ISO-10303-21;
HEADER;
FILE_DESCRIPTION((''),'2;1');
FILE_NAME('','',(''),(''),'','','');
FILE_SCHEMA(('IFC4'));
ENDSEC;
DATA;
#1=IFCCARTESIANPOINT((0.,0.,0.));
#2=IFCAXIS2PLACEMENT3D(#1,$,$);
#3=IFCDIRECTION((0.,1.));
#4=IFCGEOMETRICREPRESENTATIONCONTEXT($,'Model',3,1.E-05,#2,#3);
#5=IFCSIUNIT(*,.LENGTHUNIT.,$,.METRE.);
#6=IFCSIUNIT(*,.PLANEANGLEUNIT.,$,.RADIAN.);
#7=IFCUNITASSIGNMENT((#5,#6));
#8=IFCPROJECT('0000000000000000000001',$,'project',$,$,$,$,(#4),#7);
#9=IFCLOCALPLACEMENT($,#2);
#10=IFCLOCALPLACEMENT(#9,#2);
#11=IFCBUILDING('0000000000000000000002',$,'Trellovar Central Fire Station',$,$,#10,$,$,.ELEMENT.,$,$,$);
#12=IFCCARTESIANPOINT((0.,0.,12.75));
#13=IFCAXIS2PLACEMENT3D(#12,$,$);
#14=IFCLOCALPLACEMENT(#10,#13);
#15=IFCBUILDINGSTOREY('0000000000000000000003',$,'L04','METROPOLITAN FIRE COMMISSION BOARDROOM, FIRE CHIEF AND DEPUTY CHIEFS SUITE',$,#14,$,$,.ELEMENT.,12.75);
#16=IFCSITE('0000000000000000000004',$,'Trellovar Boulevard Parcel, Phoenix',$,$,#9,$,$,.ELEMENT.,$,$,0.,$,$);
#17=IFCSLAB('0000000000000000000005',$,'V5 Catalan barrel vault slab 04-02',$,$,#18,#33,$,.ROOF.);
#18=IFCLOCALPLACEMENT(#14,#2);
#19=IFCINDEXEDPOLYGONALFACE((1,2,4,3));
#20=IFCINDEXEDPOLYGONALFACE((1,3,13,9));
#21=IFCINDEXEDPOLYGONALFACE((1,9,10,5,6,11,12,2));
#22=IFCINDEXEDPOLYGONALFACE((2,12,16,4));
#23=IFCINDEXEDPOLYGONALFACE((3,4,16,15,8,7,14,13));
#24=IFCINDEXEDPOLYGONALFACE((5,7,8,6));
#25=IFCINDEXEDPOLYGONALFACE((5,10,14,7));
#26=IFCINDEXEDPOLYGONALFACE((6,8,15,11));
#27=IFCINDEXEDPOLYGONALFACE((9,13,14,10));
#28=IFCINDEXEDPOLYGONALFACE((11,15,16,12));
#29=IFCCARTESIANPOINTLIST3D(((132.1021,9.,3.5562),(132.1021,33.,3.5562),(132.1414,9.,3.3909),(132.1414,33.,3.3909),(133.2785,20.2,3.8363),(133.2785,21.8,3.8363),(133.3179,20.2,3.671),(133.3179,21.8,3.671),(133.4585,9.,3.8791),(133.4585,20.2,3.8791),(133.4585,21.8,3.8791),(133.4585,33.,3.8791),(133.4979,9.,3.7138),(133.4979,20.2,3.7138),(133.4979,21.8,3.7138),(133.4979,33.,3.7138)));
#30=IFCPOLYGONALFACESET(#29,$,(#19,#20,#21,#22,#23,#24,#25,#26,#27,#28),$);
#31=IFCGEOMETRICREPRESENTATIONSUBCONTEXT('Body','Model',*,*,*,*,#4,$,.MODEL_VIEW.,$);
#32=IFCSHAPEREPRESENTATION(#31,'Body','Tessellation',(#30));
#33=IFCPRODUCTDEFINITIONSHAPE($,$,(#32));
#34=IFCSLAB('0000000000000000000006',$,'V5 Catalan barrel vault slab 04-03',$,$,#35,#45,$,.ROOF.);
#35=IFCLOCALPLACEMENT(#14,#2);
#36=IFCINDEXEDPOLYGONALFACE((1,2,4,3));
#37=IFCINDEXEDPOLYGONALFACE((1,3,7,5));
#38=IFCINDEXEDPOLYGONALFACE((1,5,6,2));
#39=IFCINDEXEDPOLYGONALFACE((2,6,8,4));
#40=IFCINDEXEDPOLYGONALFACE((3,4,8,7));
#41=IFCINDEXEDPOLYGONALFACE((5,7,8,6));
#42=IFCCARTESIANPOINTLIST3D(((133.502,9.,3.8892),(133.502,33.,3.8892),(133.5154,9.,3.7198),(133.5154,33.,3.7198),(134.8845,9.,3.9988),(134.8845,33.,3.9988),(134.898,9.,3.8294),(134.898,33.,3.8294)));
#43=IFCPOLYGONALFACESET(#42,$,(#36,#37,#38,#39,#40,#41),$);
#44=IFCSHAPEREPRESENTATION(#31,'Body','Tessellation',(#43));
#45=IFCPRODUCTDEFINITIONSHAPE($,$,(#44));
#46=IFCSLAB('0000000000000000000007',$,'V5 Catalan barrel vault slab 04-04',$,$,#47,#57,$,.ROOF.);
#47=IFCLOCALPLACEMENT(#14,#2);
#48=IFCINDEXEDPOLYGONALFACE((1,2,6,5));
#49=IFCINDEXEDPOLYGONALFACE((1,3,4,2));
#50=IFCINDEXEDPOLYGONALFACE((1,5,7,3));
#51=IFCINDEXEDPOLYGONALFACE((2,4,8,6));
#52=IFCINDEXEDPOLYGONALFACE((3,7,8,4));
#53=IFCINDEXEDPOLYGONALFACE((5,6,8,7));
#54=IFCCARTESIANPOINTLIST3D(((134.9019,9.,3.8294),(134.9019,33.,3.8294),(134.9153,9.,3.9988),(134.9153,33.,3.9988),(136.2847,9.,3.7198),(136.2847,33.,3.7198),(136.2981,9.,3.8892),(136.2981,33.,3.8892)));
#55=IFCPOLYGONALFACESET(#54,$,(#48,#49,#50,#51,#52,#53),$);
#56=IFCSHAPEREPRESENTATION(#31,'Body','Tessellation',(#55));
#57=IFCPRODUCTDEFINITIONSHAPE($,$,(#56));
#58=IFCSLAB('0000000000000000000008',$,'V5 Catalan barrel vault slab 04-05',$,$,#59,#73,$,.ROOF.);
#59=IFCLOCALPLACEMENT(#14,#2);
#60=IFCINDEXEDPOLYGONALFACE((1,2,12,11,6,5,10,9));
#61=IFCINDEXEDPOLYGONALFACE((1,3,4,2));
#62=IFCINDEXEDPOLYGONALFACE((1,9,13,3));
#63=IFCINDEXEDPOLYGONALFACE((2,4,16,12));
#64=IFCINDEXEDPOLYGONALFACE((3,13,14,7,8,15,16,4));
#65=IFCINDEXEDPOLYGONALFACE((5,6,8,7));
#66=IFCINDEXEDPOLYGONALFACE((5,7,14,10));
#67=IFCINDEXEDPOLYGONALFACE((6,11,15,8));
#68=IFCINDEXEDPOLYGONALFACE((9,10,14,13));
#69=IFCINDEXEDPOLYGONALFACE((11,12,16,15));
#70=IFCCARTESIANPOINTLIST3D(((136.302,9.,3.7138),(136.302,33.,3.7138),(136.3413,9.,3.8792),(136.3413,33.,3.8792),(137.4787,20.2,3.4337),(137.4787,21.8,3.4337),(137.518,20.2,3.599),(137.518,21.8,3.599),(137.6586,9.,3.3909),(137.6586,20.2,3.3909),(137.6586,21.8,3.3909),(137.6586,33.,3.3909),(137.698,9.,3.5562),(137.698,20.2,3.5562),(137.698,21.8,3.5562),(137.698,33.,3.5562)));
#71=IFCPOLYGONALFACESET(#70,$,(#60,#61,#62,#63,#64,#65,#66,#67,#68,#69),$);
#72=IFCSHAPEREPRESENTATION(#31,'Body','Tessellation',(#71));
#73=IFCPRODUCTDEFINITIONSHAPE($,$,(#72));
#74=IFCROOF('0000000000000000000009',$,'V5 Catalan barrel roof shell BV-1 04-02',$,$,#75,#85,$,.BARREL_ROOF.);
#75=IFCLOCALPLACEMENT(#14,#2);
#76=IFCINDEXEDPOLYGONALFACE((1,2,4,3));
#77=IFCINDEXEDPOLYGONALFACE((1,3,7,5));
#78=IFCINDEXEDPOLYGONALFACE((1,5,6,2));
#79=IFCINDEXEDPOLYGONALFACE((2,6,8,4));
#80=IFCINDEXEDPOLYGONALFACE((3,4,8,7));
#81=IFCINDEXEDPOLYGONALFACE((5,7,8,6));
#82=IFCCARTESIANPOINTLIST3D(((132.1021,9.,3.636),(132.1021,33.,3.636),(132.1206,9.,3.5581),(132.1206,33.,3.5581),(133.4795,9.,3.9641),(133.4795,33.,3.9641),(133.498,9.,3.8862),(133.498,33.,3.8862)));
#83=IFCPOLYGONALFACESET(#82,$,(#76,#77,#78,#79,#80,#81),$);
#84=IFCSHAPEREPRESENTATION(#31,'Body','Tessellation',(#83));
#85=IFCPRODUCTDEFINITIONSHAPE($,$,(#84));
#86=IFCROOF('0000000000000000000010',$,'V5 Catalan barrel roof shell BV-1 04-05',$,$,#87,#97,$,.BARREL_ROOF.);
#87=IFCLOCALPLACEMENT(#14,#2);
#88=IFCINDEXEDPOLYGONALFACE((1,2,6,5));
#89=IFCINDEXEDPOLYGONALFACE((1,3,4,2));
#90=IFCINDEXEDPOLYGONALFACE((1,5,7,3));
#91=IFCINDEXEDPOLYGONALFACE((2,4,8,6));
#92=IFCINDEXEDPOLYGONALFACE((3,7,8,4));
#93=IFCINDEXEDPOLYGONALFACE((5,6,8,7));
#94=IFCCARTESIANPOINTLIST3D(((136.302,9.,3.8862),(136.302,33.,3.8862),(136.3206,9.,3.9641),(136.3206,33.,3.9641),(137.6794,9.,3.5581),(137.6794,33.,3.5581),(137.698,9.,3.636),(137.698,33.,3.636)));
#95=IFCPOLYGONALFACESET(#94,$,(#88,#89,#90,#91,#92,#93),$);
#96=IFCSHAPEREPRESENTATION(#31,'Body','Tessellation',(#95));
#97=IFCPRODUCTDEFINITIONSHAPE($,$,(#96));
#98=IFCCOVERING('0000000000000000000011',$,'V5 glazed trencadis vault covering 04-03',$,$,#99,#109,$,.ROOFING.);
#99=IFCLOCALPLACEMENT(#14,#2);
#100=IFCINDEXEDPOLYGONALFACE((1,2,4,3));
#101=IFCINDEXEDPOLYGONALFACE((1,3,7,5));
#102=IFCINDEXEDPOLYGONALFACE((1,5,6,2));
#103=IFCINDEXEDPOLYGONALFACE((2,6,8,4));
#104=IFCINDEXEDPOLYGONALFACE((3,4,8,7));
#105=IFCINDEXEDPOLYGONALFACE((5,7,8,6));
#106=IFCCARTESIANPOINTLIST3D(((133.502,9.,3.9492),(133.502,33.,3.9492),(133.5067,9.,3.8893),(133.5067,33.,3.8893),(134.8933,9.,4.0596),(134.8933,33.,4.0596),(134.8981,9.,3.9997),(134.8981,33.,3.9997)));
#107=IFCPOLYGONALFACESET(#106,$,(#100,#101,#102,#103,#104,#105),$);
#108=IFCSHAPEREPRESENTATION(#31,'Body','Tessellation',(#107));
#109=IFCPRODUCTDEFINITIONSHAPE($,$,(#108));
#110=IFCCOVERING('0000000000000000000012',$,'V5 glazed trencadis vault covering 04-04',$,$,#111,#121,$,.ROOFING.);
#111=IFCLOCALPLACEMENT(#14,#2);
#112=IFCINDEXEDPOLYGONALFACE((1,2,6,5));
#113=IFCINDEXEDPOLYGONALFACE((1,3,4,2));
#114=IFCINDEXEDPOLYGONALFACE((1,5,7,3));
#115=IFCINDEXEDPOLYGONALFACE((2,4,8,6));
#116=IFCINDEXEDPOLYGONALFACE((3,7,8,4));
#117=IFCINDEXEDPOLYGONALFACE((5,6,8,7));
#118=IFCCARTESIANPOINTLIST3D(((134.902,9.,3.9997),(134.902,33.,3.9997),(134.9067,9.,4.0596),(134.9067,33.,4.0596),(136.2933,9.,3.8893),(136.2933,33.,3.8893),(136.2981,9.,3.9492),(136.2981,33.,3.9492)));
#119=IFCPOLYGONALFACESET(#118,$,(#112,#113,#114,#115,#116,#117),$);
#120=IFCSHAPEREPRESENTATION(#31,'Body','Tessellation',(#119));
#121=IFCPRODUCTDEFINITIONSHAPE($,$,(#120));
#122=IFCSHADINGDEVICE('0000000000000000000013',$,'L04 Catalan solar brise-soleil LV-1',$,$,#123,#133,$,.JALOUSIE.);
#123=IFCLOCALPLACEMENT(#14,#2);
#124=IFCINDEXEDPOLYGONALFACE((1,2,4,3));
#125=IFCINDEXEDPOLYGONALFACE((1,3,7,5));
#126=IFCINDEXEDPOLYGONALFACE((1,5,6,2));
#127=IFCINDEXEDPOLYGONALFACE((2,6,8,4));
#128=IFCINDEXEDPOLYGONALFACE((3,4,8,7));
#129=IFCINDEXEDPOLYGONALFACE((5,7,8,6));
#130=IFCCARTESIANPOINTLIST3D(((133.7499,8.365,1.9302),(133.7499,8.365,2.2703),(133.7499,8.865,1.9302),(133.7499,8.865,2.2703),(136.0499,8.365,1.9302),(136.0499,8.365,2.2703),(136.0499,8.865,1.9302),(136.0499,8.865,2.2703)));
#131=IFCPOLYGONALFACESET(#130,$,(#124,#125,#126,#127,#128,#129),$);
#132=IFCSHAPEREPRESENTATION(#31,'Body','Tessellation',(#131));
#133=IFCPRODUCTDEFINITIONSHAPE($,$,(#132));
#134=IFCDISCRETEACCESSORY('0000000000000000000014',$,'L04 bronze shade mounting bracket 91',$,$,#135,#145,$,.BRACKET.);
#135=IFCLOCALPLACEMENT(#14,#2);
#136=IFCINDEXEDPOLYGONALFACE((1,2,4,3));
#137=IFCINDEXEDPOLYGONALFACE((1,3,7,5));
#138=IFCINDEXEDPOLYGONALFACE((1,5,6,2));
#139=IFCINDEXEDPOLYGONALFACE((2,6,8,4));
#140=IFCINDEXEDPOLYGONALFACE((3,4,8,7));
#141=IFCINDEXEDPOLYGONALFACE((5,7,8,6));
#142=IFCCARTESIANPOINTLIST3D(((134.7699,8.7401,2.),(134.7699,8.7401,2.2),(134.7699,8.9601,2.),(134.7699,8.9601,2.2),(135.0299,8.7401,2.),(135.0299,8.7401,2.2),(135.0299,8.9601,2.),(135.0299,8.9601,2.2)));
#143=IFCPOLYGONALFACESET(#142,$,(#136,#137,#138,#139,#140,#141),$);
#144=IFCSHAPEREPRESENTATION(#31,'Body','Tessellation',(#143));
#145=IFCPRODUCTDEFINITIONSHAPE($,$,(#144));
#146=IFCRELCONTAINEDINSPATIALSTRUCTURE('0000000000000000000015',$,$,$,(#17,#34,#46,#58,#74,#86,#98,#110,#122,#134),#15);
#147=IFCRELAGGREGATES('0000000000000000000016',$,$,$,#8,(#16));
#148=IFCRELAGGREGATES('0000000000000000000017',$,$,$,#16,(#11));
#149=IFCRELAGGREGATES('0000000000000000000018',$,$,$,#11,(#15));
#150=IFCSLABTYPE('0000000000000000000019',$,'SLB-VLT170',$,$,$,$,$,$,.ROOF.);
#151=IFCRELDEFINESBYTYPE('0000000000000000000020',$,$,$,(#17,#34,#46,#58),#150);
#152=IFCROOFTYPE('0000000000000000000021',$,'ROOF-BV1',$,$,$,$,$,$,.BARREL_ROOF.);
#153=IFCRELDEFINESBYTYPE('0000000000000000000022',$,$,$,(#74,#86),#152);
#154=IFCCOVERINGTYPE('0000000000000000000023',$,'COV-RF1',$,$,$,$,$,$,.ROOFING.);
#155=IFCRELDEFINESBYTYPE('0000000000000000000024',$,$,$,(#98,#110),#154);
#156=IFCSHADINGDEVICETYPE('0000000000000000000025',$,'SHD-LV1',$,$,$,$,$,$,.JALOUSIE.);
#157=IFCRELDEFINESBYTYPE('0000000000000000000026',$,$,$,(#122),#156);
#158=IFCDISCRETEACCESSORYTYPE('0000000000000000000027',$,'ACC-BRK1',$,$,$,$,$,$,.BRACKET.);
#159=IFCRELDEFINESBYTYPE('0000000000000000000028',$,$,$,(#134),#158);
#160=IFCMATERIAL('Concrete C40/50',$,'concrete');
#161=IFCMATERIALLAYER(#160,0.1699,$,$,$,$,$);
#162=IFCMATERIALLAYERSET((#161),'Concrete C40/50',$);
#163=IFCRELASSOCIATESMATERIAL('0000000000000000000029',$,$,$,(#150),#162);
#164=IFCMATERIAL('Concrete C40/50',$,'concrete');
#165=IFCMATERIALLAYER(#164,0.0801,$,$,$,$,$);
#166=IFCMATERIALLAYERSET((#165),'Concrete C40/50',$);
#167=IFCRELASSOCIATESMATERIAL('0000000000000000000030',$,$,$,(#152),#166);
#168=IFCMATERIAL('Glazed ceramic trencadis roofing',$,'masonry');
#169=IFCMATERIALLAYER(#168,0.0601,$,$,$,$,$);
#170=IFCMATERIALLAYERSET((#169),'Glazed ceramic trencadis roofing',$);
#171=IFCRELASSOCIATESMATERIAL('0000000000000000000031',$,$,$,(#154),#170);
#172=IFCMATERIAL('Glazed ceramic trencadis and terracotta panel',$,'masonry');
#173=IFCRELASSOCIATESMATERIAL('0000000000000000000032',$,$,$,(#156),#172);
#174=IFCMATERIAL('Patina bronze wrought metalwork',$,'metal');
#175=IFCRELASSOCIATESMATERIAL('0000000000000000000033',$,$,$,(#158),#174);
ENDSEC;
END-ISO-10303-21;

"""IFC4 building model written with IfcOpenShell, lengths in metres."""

from ifc_helpers import new_model, si_unit, direction, frame, origin, origin_2d, place, context, subcontext, project, spatial, polyline, rectangle, outline, extrude, material, layer, layer_set, type_object, element, save


model = new_model("IFC4")

# Units and contexts
model_context = context("Model", 3, precision=1e-05, world=origin(), true_north=direction((0.0, 1.0)))
body_context = subcontext(model_context, "Body", "Model", "MODEL_VIEW")
ifc_project = project(units=[si_unit("LENGTHUNIT", "METRE"), si_unit("PLANEANGLEUNIT", "RADIAN")], contexts=[model_context])

# Site, building, storey
site_placement = place(None, origin())
site = spatial("IfcSite", under=ifc_project, at=site_placement, Name="Trellovar Boulevard Parcel, Phoenix", CompositionType="ELEMENT", RefElevation=0.0)
building_placement = place(site_placement, origin())
building = spatial("IfcBuilding", under=site, at=building_placement, Name="Trellovar Central Fire Station", CompositionType="ELEMENT")
storey_placement = place(building_placement, frame((0.0, 0.0, 12.75)))
storey = spatial("IfcBuildingStorey", under=building, at=storey_placement, Name="L04", Description="METROPOLITAN FIRE COMMISSION BOARDROOM, FIRE CHIEF AND DEPUTY CHIEFS SUITE", CompositionType="ELEMENT", Elevation=12.75)

# Slabs
ifc_material_1 = material(Name="Concrete C40/50", Category="concrete")
ifc_layer_1 = layer(ifc_material_1, 0.1699)
ifc_layer_set_1 = layer_set([ifc_layer_1], Name="Concrete C40/50")
slab_type = type_object("IfcSlabType", Name="SLB-VLT170", PredefinedType="ROOF", material=ifc_layer_set_1)
slab_1_placement = place(storey_placement, frame((132.1021, 9.0, 3.5562), z_axis=(-0.231639, 0.0, 0.972802), x_axis=(0.972802, 0.0, 0.231639)))
element("IfcSlab", 1, at=slab_1_placement, inside=storey, type_object=slab_type, Name="V5 Catalan barrel vault slab 04-02", PredefinedType="ROOF", context=body_context, shape_type="SweptSolid", body=[
    extrude(outline(polyline([(0.0, 0.0), (1.3944, 0.0), (1.3944, 11.2), (1.2094, 11.2), (1.2094, 12.8), (1.3944, 12.8), (1.3944, 24.0), (0.0, 24.0), (0.0, 0.0)])), origin(), (0.0, 0.0, -1.0), 0.1699),
])
slab_2_placement = place(storey_placement, frame((133.502, 9.0, 3.8892), z_axis=(-0.079039, 0.0, 0.996872), x_axis=(0.996872, 0.0, 0.079039)))
element("IfcSlab", 2, at=slab_2_placement, inside=storey, type_object=slab_type, Name="V5 Catalan barrel vault slab 04-03", PredefinedType="ROOF", context=body_context, shape_type="SweptSolid", body=[
    extrude(outline(polyline([(0.0, 0.0), (1.3869, 0.0), (1.3869, 24.0), (0.0, 24.0), (0.0, 0.0)])), origin(), (0.0, 0.0, -1.0), 0.1699),
])
slab_3_placement = place(storey_placement, frame((134.9153, 9.0, 3.9988), z_axis=(0.079025, 0.0, 0.996873), x_axis=(0.996873, 0.0, -0.079025)))
element("IfcSlab", 3, at=slab_3_placement, inside=storey, type_object=slab_type, Name="V5 Catalan barrel vault slab 04-04", PredefinedType="ROOF", context=body_context, shape_type="SweptSolid", body=[
    extrude(outline(polyline([(0.0, 0.0), (1.3872, 0.0), (1.3872, 24.0), (0.0, 24.0), (0.0, 0.0)])), origin(), (0.0, 0.0, -1.0), 0.1699),
])
slab_4_placement = place(storey_placement, frame((136.3413, 9.0, 3.8792), z_axis=(0.231599, 0.0, 0.972811), x_axis=(0.972811, 0.0, -0.231599)))
element("IfcSlab", 4, at=slab_4_placement, inside=storey, type_object=slab_type, Name="V5 Catalan barrel vault slab 04-05", PredefinedType="ROOF", context=body_context, shape_type="SweptSolid", body=[
    extrude(outline(polyline([(0.0, 0.0), (1.3946, 0.0), (1.3946, 11.2), (1.2096, 11.2), (1.2096, 12.8), (1.3946, 12.8), (1.3946, 24.0), (0.0, 24.0), (0.0, 0.0)])), origin(), (0.0, 0.0, -1.0), 0.1699),
])

# Roofs
ifc_material_2 = material(Name="Concrete C40/50", Category="concrete")
ifc_layer_2 = layer(ifc_material_2, 0.0801)
ifc_layer_set_2 = layer_set([ifc_layer_2], Name="Concrete C40/50")
roof_type = type_object("IfcRoofType", Name="ROOF-BV1", PredefinedType="BARREL_ROOF", material=ifc_layer_set_2)
for number, where, z_axis, x_axis, name in (
    (5, (132.1021, 9.0, 3.636), (-0.231729, 0.0, 0.97278), (0.97278, 0.0, 0.231729), "V5 Catalan barrel roof shell BV-1 04-02"),
    (6, (136.3206, 9.0, 3.9641), (0.231729, 0.0, 0.97278), (0.97278, 0.0, -0.231729), "V5 Catalan barrel roof shell BV-1 04-05"),
):
    element("IfcRoof", number, at=place(storey_placement, frame(where, z_axis=z_axis, x_axis=x_axis)), inside=storey, type_object=roof_type, Name=name, PredefinedType="BARREL_ROOF", context=body_context, shape_type="SweptSolid", body=[
        extrude(outline(polyline([(0.0, 0.0), (1.416, 0.0), (1.416, 24.0), (0.0, 24.0), (0.0, 0.0)])), origin(), (0.0, 0.0, -1.0), 0.0801),
    ])

# Coverings
ifc_material_3 = material(Name="Glazed ceramic trencadis roofing", Category="masonry")
ifc_layer_3 = layer(ifc_material_3, 0.0601)
ifc_layer_set_3 = layer_set([ifc_layer_3], Name="Glazed ceramic trencadis roofing")
covering_type = type_object("IfcCoveringType", Name="COV-RF1", PredefinedType="ROOFING", material=ifc_layer_set_3)
for number, where, z_axis, x_axis, name in (
    (7, (133.502, 9.0, 3.9492), (-0.079064, 0.0, 0.99687), (0.99687, 0.0, 0.079064), "V5 glazed trencadis vault covering 04-03"),
    (8, (134.9067, 9.0, 4.0596), (0.079064, 0.0, 0.99687), (0.99687, 0.0, -0.079064), "V5 glazed trencadis vault covering 04-04"),
):
    element("IfcCovering", number, at=place(storey_placement, frame(where, z_axis=z_axis, x_axis=x_axis)), inside=storey, type_object=covering_type, Name=name, PredefinedType="ROOFING", context=body_context, shape_type="SweptSolid", body=[
        extrude(outline(polyline([(0.0, 0.0), (1.3957, 0.0), (1.3957, 24.0), (0.0, 24.0), (0.0, 0.0)])), origin(), (0.0, 0.0, -1.0), 0.0601),
    ])

# Shading device
ifc_material_4 = material(Name="Glazed ceramic trencadis and terracotta panel", Category="masonry")
shading_device_type = type_object("IfcShadingDeviceType", Name="SHD-LV1", PredefinedType="JALOUSIE", material=ifc_material_4)
shading_device_placement = place(storey_placement, frame((134.8999, 8.615, 1.9302), z_axis=(0.0, 0.0, 1.0), x_axis=(1.0, 0.0, 0.0)))
element("IfcShadingDevice", 9, at=shading_device_placement, inside=storey, type_object=shading_device_type, Name="L04 Catalan solar brise-soleil LV-1", PredefinedType="JALOUSIE", context=body_context, shape_type="SweptSolid", body=[
    extrude(rectangle(XDim=2.3, YDim=0.5, at=origin_2d()), origin(), (0.0, 0.0, 1.0), 0.3401),
])

# Discrete accessory
ifc_material_5 = material(Name="Patina bronze wrought metalwork", Category="metal")
discrete_accessory_type = type_object("IfcDiscreteAccessoryType", Name="ACC-BRK1", PredefinedType="BRACKET", material=ifc_material_5)
discrete_accessory_placement = place(storey_placement, frame((134.8999, 8.8501, 2.0), z_axis=(0.0, 0.0, 1.0), x_axis=(1.0, 0.0, 0.0)))
element("IfcDiscreteAccessory", 10, at=discrete_accessory_placement, inside=storey, type_object=discrete_accessory_type, Name="L04 bronze shade mounting bracket 91", PredefinedType="BRACKET", context=body_context, shape_type="SweptSolid", body=[
    extrude(rectangle(XDim=0.26, YDim=0.22, at=origin_2d()), origin(), (0.0, 0.0, 1.0), 0.2),
])

save(model, "model.ifc")
